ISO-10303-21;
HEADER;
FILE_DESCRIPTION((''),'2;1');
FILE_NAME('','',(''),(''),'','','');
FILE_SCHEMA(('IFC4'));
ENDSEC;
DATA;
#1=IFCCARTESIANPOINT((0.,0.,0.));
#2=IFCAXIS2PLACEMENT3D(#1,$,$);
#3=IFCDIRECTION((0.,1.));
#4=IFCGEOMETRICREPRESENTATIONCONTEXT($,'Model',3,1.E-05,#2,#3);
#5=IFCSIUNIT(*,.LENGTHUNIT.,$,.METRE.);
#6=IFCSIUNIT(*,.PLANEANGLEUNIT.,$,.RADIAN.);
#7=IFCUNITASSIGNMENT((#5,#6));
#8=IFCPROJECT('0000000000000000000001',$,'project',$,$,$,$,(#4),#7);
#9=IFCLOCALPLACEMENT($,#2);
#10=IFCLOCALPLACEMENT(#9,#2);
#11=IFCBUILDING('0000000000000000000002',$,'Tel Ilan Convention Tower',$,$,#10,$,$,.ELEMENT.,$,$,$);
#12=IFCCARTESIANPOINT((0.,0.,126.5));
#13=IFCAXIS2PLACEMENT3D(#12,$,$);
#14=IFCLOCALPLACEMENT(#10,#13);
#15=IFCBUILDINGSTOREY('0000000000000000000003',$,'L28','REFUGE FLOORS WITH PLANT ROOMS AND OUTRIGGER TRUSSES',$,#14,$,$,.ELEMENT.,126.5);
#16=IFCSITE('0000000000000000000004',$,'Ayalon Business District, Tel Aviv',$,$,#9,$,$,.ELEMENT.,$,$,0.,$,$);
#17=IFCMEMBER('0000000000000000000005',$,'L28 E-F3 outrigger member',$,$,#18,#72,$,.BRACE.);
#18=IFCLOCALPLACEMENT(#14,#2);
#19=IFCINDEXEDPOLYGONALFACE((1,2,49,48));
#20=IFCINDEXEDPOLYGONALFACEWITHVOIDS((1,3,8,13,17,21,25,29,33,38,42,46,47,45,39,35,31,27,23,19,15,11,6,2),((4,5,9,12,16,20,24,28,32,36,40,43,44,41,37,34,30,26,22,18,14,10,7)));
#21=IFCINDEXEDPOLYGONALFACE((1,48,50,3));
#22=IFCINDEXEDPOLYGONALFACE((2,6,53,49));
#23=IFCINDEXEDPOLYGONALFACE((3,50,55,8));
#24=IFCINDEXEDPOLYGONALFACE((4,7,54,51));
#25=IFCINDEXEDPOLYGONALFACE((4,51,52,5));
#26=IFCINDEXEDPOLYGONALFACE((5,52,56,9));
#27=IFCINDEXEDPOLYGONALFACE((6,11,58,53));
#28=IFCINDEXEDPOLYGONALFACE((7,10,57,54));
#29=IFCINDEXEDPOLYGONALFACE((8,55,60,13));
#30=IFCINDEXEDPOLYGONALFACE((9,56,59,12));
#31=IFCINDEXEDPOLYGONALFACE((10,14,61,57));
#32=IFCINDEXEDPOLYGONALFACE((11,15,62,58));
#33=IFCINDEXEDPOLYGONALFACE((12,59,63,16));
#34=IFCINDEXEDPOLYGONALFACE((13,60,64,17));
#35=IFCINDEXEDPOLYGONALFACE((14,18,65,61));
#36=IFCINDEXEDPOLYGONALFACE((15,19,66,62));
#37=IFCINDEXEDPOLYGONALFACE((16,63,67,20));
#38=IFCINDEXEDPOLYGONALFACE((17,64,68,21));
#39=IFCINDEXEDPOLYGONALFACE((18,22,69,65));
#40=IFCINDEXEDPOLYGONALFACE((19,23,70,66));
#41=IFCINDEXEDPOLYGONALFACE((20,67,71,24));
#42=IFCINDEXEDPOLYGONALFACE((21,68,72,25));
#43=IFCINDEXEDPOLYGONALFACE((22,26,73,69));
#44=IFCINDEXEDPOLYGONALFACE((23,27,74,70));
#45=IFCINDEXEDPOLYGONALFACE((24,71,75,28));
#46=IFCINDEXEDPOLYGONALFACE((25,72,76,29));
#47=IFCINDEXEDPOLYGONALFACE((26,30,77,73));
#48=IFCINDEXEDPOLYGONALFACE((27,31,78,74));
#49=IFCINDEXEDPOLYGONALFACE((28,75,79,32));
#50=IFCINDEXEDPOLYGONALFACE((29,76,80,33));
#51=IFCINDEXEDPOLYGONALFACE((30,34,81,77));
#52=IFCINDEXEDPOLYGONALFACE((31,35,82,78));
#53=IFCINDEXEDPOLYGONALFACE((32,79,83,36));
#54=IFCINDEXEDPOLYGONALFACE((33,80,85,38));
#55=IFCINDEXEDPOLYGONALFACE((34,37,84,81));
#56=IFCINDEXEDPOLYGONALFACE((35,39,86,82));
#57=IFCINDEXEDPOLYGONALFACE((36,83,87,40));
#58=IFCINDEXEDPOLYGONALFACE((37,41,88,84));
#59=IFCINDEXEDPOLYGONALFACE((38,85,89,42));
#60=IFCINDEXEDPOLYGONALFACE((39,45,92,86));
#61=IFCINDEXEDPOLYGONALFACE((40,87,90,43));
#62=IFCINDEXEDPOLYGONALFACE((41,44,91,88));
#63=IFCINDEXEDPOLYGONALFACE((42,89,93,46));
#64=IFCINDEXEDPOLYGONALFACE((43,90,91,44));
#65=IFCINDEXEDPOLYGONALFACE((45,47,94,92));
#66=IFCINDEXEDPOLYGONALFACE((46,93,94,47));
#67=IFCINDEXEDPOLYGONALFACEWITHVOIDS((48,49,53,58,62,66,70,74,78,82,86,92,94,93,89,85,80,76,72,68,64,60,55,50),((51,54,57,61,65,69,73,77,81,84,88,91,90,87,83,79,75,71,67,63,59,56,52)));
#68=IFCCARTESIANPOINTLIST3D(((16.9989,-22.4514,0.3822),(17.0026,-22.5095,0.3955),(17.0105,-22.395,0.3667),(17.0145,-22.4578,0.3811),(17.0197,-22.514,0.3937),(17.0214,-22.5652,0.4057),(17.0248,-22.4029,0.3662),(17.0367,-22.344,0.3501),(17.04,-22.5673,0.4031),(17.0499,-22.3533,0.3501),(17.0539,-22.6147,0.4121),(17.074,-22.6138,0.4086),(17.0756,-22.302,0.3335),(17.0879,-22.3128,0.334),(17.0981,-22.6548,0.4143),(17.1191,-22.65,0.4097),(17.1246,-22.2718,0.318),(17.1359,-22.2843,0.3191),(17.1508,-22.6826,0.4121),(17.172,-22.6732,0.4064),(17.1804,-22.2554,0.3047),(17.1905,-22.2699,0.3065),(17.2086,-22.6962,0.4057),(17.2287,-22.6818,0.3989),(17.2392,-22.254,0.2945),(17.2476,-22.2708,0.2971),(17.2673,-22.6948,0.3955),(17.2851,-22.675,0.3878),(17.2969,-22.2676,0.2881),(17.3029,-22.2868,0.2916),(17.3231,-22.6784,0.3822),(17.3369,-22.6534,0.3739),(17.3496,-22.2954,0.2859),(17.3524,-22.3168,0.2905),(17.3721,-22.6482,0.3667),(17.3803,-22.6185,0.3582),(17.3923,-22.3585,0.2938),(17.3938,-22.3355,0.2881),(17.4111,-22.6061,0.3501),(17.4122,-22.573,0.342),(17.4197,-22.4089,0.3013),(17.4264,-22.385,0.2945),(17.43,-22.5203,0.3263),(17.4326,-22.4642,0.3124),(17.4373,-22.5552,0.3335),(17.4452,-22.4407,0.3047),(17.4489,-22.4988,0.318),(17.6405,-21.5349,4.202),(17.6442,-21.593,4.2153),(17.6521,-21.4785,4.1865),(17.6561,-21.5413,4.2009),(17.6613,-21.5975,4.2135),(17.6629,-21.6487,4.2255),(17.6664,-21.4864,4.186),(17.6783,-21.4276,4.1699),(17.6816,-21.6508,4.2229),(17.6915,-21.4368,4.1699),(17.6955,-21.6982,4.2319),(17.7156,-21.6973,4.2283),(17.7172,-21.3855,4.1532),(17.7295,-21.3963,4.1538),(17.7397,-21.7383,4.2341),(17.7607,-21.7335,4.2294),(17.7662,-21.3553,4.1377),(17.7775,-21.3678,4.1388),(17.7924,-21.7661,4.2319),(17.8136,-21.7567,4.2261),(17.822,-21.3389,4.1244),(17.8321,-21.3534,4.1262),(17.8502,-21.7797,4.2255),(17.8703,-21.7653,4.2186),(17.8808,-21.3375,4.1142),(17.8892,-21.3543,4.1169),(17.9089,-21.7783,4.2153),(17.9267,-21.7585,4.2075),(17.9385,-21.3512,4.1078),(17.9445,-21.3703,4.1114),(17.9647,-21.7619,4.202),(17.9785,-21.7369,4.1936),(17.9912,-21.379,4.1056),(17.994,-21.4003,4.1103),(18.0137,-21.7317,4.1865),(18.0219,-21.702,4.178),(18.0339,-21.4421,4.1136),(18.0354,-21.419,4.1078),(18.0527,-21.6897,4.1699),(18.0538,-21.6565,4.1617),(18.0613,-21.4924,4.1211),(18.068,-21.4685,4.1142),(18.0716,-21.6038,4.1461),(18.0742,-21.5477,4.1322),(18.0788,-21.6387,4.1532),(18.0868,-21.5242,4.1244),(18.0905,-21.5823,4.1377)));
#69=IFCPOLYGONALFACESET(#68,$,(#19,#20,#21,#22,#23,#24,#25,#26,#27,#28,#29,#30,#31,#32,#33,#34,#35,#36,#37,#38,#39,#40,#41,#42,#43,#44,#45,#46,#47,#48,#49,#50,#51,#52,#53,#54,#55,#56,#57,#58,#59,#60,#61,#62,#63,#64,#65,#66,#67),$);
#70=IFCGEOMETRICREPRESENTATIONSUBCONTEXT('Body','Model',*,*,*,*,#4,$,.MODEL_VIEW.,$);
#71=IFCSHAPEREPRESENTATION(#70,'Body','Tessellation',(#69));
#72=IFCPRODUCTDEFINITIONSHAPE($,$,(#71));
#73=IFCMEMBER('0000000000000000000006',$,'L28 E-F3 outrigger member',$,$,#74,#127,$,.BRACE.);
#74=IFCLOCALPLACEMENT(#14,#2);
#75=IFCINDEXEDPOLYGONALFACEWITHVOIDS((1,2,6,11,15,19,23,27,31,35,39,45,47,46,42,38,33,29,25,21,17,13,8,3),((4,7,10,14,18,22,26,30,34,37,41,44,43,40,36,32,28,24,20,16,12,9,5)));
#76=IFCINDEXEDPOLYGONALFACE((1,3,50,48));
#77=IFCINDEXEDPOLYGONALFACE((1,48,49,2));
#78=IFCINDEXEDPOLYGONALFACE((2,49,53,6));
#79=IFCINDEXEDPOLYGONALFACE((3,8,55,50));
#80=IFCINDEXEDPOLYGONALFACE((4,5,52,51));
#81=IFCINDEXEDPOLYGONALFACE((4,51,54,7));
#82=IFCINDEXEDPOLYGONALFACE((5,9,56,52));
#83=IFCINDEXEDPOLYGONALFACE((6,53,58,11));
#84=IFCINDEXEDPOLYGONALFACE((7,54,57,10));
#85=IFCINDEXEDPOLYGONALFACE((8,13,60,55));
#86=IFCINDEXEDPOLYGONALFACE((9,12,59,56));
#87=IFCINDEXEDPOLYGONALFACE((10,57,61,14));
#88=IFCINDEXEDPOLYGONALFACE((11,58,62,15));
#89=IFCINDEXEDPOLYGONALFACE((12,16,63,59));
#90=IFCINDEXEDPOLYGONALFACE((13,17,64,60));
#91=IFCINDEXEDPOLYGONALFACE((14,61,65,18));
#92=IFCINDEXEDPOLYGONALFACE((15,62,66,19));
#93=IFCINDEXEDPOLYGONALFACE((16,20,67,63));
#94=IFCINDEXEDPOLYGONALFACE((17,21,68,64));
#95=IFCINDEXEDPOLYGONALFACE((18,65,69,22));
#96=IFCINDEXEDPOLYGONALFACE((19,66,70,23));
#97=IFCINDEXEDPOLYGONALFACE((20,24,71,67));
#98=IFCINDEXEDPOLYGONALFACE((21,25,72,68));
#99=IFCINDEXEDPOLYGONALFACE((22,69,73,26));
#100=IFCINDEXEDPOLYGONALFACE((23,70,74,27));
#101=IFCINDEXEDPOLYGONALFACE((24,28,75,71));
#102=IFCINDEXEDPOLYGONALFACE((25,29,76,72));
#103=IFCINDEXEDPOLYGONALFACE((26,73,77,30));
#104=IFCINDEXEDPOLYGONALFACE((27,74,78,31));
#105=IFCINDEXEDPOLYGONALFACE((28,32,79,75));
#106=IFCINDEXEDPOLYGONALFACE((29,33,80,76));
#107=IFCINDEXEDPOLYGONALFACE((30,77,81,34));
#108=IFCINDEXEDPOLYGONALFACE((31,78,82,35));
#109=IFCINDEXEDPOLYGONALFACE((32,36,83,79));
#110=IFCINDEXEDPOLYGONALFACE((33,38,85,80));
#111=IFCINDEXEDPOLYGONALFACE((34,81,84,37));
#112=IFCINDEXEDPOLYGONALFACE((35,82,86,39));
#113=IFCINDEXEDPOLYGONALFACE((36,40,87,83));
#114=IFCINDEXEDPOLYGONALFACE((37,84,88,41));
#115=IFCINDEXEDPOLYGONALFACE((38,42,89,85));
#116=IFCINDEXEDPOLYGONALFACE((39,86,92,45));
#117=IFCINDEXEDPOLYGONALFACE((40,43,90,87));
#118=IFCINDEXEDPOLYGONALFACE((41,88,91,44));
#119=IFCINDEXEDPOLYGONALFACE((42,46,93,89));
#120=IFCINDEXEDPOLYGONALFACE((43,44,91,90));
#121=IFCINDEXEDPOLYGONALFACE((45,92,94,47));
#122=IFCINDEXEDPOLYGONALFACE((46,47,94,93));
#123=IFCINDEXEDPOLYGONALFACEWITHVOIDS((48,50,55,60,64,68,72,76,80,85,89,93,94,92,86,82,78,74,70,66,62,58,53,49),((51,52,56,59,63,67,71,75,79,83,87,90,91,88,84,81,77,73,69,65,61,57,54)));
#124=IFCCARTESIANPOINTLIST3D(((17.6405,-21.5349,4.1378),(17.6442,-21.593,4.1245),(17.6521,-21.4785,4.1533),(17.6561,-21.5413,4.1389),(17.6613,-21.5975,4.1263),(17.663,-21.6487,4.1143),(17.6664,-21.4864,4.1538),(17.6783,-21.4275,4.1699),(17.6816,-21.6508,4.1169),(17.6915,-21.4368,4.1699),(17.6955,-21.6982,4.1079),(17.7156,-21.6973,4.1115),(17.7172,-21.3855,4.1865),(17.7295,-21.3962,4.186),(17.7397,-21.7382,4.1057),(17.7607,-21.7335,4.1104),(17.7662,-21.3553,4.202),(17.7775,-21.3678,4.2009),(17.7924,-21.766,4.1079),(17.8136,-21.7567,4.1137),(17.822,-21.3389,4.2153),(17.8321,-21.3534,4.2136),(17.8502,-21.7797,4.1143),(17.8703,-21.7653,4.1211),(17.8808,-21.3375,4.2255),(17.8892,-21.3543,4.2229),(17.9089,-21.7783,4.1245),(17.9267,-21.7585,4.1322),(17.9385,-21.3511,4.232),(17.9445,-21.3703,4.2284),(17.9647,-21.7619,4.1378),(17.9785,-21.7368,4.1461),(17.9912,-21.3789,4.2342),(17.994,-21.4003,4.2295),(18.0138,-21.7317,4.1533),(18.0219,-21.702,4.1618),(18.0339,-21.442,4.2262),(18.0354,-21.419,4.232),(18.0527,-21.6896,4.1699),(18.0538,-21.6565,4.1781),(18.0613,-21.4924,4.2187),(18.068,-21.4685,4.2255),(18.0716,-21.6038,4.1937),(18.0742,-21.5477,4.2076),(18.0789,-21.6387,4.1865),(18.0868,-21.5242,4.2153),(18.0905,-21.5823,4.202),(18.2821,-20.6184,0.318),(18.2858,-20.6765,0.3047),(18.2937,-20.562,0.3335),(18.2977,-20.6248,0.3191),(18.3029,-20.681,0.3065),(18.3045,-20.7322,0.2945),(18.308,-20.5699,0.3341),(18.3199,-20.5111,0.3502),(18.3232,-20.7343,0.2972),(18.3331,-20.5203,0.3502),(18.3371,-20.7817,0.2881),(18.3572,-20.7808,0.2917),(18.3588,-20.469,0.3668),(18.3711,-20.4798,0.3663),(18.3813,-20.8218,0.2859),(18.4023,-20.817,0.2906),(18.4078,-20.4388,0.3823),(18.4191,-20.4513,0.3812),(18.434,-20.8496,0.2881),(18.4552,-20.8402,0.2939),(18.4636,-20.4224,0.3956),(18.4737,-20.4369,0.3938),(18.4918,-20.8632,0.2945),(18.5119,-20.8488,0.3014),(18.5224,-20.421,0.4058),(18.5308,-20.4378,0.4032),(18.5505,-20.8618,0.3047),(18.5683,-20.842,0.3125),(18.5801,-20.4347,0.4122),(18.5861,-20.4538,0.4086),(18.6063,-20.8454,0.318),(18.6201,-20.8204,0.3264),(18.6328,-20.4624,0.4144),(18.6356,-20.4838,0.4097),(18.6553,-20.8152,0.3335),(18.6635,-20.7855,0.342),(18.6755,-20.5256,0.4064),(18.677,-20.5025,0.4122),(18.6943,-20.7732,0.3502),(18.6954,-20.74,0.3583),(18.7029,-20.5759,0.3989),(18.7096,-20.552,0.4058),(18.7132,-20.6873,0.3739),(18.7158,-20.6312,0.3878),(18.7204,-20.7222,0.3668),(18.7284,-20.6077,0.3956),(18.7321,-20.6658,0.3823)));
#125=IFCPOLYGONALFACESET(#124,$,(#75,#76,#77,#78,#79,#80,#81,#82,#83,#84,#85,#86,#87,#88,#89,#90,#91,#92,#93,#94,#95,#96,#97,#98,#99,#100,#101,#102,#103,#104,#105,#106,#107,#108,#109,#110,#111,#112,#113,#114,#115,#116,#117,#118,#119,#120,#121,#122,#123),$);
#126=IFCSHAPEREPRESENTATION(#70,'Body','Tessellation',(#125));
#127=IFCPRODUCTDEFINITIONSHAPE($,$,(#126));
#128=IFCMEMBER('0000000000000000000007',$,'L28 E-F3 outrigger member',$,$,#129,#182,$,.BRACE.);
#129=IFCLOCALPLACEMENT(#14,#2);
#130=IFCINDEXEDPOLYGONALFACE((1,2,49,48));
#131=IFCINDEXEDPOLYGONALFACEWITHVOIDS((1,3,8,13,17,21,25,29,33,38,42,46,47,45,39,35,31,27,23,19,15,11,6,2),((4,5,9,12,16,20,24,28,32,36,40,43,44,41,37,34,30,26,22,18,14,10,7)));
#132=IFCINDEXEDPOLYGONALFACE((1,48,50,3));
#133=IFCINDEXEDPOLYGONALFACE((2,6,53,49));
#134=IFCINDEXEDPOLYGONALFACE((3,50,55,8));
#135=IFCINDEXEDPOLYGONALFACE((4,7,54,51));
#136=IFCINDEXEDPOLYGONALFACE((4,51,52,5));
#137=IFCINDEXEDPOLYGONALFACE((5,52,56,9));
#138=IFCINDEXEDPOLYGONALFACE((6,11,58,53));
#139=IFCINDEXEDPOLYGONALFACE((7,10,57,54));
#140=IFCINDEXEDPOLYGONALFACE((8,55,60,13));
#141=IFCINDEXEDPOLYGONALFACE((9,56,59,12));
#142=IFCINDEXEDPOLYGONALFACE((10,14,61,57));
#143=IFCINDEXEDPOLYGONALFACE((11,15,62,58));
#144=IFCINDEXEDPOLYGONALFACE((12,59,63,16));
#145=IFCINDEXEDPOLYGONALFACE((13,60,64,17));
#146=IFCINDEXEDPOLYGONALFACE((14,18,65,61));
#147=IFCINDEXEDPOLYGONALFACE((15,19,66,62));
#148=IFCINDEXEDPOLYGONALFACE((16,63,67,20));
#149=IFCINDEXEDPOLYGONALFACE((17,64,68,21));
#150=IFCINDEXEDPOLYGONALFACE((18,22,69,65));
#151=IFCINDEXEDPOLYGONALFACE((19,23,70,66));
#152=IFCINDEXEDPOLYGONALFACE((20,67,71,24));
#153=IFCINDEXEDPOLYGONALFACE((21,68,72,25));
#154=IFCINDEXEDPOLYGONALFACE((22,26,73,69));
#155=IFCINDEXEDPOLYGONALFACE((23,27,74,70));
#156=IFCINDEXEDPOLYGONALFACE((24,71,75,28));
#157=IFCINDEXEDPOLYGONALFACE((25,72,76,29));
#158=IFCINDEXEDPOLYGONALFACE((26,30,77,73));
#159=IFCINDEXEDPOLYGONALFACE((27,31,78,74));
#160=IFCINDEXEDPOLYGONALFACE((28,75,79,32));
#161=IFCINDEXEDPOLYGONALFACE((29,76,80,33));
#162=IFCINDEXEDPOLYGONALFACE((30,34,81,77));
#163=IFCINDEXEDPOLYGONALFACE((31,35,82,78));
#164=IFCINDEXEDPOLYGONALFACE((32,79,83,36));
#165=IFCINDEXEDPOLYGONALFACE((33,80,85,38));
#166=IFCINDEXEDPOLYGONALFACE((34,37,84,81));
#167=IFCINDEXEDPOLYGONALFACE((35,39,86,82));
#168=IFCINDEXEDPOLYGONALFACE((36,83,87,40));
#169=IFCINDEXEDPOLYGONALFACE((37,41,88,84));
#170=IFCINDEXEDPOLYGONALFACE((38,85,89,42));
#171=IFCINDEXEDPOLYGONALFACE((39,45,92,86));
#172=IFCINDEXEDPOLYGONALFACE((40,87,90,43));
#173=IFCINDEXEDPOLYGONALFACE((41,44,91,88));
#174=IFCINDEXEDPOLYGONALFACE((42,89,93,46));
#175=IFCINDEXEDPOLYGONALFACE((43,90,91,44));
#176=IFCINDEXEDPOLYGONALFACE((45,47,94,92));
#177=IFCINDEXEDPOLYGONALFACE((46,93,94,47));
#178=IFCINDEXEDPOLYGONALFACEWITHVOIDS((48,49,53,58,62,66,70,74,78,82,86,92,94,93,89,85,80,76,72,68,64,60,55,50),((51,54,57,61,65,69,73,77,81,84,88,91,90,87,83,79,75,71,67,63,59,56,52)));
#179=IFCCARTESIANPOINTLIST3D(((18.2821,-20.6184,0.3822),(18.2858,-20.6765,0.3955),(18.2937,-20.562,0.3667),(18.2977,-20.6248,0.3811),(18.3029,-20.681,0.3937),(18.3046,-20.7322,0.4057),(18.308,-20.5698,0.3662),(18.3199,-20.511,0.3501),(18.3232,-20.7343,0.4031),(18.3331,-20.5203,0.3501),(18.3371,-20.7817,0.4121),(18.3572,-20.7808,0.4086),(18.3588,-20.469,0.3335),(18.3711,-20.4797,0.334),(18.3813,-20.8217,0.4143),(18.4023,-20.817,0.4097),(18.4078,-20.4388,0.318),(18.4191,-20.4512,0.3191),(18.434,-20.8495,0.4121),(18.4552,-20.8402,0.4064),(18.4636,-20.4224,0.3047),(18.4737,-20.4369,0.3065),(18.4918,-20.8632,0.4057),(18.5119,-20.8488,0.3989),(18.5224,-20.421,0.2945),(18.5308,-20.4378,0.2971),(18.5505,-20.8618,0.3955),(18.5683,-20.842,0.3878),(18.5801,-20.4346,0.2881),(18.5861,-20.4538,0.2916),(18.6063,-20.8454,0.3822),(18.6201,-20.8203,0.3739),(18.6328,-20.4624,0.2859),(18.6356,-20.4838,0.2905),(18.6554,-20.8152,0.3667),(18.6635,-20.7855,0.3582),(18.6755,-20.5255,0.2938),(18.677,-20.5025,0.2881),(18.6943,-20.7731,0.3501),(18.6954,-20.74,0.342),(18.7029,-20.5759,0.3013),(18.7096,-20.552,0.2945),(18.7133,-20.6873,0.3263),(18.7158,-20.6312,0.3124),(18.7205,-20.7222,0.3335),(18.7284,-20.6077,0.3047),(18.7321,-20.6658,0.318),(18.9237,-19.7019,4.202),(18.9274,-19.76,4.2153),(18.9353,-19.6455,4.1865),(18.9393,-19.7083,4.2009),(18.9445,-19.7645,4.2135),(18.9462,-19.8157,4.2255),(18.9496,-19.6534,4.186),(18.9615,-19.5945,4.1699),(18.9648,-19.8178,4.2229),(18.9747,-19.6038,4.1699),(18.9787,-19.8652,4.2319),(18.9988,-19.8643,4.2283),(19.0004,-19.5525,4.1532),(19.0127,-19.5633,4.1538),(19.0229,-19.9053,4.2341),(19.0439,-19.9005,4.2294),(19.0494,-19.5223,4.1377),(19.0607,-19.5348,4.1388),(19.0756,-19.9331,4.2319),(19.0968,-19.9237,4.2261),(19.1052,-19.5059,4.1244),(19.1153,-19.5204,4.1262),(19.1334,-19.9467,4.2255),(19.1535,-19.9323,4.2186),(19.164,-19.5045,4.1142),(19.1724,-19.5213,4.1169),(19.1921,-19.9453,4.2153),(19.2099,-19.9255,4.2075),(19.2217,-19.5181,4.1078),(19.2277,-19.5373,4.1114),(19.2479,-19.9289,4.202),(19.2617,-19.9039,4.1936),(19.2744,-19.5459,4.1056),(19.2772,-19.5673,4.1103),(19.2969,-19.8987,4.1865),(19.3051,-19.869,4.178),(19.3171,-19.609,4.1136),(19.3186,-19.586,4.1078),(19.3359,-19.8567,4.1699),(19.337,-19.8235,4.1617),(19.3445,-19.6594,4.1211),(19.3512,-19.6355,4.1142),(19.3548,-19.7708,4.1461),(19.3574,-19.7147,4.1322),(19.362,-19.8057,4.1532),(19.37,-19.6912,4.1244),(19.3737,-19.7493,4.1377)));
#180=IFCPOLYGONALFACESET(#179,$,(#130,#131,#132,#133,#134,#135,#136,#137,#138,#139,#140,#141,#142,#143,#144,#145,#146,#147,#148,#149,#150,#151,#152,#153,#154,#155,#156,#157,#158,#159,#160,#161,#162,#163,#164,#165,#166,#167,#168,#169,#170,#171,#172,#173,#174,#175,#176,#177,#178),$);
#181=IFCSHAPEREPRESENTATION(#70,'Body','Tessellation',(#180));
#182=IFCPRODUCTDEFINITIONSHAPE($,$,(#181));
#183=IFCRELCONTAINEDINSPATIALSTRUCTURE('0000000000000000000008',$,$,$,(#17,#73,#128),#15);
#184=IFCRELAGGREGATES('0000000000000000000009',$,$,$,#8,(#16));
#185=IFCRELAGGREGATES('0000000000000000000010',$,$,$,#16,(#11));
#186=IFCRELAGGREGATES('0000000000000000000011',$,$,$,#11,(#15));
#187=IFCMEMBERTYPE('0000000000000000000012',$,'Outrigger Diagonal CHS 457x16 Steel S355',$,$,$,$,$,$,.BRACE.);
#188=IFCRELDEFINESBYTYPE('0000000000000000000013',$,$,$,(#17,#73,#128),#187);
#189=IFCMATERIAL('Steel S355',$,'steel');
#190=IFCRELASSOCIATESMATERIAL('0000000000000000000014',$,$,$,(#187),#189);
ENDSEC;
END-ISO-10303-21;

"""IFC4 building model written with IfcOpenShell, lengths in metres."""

from ifc_helpers import new_model, si_unit, direction, frame, origin, origin_2d, place, context, subcontext, project, spatial, hollow_circle, extrude, material, material_profile, profile_set, type_object, element, save


model = new_model("IFC4")

# Units and contexts
model_context = context("Model", 3, precision=1e-05, world=origin(), true_north=direction((0.0, 1.0)))
body_context = subcontext(model_context, "Body", "Model", "MODEL_VIEW")
ifc_project = project(units=[si_unit("LENGTHUNIT", "METRE"), si_unit("PLANEANGLEUNIT", "RADIAN")], contexts=[model_context])

# Site, building, storey
site_placement = place(None, origin())
site = spatial("IfcSite", under=ifc_project, at=site_placement, Name="Ayalon Business District, Tel Aviv", CompositionType="ELEMENT", RefElevation=0.0)
building_placement = place(site_placement, origin())
building = spatial("IfcBuilding", under=site, at=building_placement, Name="Tel Ilan Convention Tower", CompositionType="ELEMENT")
storey_placement = place(building_placement, frame((0.0, 0.0, 126.5)))
storey = spatial("IfcBuildingStorey", under=building, at=storey_placement, Name="L28", Description="REFUGE FLOORS WITH PLANT ROOMS AND OUTRIGGER TRUSSES", CompositionType="ELEMENT", Elevation=126.5)

# Members
ifc_material_1 = material(Name="Steel S355", Category="steel")
ifc_material_profile_1 = material_profile(ifc_material_1, hollow_circle(Radius=0.2285, WallThickness=0.0161, at=origin_2d()), Name="CHS 457x16")
ifc_profile_set_1 = profile_set([ifc_material_profile_1], Name="Steel S355")
member_type_1 = type_object("IfcMemberType", Name="Outrigger Diagonal CHS 457x16 Steel S355", PredefinedType="BRACE", material=ifc_profile_set_1)
for number, where, z_axis, x_axis, name in (
    (1, (17.2239, -22.4751, 0.3501), (0.161195, 0.230261, 0.959685), (-0.819211, 0.573492, 0.0), "L28 E-F3 outrigger member"),
    (2, (17.8655, -21.5586, 4.1699), (0.161195, 0.230261, -0.959685), (-0.819211, 0.573492, 0.0), "L28 E-F3 outrigger member"),
    (3, (18.5071, -20.6421, 0.3501), (0.161195, 0.230261, 0.959685), (-0.819211, 0.573492, 0.0), "L28 E-F3 outrigger member"),
):
    element("IfcMember", number, at=place(storey_placement, frame(where, z_axis=z_axis, x_axis=x_axis)), inside=storey, type_object=member_type_1, Name=name, PredefinedType="BRACE", context=body_context, shape_type="SweptSolid", body=[
        extrude(hollow_circle(Radius=0.2285, WallThickness=0.0161, at=origin_2d()), origin(), (0.0, 0.0, 1.0), 3.9802),
    ])

save(model, "model.ifc")
